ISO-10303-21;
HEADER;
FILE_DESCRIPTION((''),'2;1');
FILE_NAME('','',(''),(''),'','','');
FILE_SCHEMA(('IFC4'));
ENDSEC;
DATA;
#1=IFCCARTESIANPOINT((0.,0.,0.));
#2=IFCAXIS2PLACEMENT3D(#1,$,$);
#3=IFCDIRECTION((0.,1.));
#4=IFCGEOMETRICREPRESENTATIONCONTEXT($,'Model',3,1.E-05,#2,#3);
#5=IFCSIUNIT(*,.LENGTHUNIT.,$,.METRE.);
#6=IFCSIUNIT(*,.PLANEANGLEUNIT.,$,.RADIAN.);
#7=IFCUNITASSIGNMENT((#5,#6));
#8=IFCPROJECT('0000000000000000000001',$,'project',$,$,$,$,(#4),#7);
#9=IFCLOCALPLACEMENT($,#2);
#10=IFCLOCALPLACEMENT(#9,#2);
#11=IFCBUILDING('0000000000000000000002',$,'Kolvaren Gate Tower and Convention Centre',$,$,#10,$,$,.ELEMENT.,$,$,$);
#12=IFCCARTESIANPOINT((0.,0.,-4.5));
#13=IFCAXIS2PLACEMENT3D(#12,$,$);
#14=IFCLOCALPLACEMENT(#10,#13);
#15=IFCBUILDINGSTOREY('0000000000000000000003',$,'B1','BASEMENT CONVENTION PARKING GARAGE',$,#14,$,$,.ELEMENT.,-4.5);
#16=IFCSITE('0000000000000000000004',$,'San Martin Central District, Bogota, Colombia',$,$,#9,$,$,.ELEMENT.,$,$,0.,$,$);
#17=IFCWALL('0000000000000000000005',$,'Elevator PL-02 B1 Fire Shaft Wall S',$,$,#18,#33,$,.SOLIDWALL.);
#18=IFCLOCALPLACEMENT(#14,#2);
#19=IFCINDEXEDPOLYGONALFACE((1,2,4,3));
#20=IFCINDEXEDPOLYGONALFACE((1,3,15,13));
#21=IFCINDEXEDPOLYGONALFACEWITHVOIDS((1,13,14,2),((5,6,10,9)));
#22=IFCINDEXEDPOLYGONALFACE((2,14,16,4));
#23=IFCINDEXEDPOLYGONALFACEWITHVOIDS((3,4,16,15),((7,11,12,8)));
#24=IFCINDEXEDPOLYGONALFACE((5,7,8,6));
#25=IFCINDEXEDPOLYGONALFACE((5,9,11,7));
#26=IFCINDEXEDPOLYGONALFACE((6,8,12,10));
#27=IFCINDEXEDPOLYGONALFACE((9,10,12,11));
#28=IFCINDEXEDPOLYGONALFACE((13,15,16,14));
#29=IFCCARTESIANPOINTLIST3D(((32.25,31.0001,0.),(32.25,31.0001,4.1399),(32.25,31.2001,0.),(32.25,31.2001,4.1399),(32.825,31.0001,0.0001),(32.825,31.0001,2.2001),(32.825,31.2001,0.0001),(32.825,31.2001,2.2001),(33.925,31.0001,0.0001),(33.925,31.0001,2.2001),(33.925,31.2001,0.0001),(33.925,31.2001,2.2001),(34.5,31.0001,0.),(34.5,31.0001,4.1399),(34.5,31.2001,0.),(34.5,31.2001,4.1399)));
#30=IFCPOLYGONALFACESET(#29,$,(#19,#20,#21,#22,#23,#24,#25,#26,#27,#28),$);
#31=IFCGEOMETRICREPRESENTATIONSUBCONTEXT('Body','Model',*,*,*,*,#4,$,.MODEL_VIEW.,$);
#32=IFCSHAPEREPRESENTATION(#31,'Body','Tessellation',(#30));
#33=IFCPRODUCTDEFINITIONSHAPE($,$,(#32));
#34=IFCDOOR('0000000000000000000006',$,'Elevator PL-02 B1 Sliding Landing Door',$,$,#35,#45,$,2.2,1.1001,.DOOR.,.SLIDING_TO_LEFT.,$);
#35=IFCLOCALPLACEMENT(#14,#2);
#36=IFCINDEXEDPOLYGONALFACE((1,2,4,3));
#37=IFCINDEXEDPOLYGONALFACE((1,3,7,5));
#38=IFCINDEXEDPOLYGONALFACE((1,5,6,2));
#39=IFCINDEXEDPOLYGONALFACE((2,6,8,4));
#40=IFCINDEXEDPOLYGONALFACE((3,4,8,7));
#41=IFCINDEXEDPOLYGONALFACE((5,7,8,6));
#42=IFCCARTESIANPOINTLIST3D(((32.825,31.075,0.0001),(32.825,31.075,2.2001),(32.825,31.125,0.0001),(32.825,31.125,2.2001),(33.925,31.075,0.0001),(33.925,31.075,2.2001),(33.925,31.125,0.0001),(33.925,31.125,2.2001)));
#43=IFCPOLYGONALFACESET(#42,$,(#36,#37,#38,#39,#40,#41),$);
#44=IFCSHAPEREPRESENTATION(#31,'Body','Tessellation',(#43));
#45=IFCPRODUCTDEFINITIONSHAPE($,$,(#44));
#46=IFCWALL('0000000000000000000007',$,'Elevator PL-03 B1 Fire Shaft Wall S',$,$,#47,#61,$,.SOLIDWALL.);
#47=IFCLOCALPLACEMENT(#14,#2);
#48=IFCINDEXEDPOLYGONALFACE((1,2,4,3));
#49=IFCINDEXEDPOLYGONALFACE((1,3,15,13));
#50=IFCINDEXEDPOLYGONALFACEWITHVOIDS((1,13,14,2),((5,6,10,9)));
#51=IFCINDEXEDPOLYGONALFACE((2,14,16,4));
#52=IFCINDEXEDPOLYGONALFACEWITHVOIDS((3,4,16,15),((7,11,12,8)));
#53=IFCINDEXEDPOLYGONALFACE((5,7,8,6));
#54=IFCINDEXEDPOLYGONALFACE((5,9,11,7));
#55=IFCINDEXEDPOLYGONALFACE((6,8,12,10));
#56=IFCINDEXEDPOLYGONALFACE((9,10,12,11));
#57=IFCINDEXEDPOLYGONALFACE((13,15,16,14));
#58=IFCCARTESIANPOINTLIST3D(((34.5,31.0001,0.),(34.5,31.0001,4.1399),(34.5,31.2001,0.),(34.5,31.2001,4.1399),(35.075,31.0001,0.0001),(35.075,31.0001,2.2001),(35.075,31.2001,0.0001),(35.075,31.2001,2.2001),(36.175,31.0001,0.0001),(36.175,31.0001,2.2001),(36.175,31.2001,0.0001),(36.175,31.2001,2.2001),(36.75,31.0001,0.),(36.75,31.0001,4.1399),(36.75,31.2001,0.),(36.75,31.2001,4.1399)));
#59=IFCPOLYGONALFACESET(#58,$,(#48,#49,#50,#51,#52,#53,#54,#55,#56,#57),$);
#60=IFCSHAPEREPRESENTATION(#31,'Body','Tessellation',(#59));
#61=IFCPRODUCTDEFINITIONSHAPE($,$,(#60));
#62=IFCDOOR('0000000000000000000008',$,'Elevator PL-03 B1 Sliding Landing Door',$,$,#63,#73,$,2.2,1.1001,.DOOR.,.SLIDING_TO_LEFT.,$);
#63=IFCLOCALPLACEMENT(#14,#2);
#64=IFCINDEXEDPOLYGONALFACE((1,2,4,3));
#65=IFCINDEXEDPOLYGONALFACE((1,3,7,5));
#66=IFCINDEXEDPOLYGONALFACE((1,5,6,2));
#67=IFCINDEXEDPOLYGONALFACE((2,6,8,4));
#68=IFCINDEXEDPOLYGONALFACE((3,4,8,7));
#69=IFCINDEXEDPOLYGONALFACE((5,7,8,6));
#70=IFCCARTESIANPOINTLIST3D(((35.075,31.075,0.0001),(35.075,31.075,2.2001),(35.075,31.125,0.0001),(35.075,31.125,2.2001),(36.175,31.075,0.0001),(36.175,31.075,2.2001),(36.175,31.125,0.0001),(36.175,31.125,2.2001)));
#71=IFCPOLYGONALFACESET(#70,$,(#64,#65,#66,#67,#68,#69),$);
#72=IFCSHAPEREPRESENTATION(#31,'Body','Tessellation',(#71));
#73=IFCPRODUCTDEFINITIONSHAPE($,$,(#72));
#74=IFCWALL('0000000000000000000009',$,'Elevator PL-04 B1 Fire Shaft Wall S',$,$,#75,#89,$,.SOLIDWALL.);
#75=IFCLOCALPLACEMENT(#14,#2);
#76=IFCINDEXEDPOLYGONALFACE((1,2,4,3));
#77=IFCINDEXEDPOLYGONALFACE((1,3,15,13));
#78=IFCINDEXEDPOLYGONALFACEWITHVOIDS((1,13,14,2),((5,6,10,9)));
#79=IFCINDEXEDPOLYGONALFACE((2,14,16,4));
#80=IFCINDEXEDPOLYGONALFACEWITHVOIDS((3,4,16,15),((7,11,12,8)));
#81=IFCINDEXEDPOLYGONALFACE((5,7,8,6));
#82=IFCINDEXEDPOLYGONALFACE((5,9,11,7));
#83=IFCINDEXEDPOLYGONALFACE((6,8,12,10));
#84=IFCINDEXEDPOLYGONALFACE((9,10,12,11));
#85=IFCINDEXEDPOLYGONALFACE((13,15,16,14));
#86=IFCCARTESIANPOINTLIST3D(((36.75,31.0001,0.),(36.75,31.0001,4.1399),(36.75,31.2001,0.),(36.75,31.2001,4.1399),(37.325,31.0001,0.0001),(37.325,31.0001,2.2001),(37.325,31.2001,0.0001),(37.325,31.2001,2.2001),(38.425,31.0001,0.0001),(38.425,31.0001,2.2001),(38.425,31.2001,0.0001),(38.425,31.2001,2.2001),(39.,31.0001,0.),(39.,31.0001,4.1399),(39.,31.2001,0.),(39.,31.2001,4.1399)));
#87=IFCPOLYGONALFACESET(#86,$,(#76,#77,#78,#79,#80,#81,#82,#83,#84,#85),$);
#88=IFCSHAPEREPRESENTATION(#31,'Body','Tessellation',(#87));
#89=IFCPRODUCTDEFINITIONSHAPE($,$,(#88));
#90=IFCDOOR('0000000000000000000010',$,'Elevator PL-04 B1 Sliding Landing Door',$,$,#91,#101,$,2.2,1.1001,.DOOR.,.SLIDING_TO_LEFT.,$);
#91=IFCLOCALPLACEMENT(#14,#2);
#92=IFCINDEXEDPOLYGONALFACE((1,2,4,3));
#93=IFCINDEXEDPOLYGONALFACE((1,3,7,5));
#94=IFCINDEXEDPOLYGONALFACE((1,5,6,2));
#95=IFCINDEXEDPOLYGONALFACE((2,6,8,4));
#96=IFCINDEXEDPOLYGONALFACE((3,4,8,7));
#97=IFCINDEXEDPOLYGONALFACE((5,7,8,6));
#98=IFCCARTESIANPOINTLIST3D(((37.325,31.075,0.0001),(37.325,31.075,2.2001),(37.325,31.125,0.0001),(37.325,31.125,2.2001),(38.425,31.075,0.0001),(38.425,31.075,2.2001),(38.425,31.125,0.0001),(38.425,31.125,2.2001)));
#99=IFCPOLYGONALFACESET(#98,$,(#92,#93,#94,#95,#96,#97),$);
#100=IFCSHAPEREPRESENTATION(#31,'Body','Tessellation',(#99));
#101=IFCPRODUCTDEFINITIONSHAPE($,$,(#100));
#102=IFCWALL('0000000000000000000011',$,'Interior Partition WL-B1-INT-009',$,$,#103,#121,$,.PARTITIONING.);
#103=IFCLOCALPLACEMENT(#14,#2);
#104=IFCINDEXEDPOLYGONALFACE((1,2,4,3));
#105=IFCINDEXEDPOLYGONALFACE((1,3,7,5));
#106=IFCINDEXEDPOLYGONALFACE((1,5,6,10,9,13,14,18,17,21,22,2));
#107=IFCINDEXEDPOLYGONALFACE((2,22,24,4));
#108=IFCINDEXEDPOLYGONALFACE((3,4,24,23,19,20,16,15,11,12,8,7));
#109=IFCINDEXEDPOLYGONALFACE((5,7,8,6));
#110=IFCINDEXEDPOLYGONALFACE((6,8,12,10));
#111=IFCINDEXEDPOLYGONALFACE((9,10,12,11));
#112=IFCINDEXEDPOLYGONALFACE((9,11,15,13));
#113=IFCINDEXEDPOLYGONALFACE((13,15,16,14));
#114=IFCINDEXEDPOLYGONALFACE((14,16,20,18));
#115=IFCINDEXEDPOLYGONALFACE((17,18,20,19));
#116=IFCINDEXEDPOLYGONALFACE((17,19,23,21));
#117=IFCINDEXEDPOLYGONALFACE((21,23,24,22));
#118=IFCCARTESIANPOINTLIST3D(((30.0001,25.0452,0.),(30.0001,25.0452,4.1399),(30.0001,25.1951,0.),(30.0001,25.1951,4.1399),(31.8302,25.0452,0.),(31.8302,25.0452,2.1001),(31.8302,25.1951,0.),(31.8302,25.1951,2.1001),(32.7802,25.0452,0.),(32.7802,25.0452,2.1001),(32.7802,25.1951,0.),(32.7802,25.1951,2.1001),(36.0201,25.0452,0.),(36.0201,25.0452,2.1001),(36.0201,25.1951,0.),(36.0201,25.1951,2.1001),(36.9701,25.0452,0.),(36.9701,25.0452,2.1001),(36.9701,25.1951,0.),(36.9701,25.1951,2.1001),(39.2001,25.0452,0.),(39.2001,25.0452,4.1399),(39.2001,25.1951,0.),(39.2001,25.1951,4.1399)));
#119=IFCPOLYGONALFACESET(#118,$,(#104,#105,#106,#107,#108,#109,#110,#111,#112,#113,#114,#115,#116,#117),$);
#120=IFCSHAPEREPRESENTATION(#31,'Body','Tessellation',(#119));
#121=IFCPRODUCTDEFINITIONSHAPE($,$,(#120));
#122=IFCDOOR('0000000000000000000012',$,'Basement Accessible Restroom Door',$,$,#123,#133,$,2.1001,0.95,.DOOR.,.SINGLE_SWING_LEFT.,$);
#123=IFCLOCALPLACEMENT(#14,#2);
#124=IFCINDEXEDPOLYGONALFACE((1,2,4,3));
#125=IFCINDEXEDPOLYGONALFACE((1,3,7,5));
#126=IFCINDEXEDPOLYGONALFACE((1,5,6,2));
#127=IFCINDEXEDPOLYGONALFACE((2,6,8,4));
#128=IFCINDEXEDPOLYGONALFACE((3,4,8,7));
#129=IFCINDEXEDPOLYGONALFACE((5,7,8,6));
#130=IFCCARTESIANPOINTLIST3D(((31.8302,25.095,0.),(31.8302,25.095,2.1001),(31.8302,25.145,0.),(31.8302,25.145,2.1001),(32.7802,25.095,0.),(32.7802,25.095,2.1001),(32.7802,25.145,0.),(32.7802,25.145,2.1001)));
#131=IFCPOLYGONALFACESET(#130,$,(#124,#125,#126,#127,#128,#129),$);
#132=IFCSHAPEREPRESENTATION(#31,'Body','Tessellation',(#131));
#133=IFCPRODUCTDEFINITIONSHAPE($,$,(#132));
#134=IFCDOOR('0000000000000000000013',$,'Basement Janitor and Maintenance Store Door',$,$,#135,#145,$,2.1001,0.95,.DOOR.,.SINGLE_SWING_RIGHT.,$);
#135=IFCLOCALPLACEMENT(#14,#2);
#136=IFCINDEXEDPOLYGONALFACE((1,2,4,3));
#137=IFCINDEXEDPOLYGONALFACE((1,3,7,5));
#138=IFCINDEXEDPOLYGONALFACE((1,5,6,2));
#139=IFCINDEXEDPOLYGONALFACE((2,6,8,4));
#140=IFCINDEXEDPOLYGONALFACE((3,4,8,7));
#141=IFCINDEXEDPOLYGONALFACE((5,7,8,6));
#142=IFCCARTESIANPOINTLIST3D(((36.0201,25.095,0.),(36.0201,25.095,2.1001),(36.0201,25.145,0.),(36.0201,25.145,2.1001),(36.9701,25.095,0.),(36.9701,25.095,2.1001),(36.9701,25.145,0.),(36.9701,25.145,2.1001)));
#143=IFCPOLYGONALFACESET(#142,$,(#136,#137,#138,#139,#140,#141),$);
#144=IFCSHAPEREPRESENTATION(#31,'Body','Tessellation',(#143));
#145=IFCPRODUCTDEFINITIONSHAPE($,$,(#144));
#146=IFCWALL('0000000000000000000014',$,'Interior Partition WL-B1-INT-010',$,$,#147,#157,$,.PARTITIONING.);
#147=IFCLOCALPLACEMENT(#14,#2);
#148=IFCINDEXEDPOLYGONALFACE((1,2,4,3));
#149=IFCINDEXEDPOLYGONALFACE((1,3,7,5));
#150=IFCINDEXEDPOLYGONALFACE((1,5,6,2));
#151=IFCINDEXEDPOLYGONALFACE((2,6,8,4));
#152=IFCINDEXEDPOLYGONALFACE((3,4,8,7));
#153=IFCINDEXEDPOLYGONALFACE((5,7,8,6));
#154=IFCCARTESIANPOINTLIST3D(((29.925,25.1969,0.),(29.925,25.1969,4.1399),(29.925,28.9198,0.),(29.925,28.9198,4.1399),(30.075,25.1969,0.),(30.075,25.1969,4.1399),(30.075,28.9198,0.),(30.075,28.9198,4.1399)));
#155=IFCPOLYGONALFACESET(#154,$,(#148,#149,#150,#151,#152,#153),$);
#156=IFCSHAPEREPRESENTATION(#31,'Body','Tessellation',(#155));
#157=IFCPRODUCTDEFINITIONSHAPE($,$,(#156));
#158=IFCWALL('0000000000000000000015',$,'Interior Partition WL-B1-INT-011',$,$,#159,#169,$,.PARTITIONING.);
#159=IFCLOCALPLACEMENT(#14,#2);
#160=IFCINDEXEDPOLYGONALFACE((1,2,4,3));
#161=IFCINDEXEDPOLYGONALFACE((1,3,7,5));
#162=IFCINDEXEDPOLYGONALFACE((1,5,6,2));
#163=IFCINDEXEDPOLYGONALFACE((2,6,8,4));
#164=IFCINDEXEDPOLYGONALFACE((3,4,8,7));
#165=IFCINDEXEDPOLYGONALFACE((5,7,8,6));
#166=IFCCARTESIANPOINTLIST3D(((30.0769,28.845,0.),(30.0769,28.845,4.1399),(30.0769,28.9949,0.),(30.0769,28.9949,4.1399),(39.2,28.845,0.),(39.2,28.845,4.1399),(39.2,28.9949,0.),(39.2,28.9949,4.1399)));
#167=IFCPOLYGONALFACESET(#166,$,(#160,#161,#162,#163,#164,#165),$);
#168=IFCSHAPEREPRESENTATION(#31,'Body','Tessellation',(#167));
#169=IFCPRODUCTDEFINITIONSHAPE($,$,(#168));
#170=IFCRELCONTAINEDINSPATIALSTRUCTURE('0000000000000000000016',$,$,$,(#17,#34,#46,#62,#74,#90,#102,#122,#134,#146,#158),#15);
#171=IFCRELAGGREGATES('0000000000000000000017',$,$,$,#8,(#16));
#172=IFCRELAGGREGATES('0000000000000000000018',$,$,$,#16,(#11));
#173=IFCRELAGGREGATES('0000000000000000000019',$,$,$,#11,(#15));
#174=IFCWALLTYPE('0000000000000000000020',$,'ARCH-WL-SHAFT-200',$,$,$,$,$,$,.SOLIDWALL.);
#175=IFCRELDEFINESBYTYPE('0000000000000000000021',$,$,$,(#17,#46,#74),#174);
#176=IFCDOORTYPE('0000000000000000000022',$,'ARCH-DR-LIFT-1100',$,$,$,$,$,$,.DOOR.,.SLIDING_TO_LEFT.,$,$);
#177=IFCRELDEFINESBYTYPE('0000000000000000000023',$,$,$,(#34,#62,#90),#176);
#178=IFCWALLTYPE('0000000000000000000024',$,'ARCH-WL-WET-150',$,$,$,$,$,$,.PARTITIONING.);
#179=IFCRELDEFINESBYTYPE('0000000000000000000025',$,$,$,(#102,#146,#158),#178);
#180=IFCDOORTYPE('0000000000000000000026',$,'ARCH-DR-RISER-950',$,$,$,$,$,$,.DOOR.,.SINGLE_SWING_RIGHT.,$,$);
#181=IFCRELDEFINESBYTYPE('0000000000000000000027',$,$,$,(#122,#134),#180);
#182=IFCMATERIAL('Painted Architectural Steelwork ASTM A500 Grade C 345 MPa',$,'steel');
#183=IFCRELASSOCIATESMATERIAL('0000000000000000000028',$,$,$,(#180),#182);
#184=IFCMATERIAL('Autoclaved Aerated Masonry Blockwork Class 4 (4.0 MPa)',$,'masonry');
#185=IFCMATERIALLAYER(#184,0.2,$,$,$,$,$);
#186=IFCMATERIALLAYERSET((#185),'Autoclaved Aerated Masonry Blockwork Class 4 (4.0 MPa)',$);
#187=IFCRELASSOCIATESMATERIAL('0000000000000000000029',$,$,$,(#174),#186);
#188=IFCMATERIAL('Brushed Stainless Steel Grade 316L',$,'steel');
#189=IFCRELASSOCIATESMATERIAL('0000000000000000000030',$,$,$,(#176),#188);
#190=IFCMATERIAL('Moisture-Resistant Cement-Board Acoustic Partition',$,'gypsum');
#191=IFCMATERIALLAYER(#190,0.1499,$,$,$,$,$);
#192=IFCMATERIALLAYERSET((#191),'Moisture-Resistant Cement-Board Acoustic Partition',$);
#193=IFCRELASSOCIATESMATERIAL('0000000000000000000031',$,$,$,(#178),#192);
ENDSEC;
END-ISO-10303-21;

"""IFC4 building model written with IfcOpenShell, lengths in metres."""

from ifc_helpers import new_model, si_unit, direction, frame, frame_2d, origin, place, context, subcontext, project, spatial, rectangle, extrude, material, layer, layer_set, type_object, element, fill, save


model = new_model("IFC4")

# Units and contexts
model_context = context("Model", 3, precision=1e-05, world=origin(), true_north=direction((0.0, 1.0)))
body_context = subcontext(model_context, "Body", "Model", "MODEL_VIEW")
ifc_project = project(units=[si_unit("LENGTHUNIT", "METRE"), si_unit("PLANEANGLEUNIT", "RADIAN")], contexts=[model_context])

# Site, building, storey
site_placement = place(None, origin())
site = spatial("IfcSite", under=ifc_project, at=site_placement, Name="San Martin Central District, Bogota, Colombia", CompositionType="ELEMENT", RefElevation=0.0)
building_placement = place(site_placement, origin())
building = spatial("IfcBuilding", under=site, at=building_placement, Name="Kolvaren Gate Tower and Convention Centre", CompositionType="ELEMENT")
storey_placement = place(building_placement, frame((0.0, 0.0, -4.5)))
storey = spatial("IfcBuildingStorey", under=building, at=storey_placement, Name="B1", Description="BASEMENT CONVENTION PARKING GARAGE", CompositionType="ELEMENT", Elevation=-4.5)

# Shared definitions
ifc_material_1 = material(Name="Autoclaved Aerated Masonry Blockwork Class 4 (4.0 MPa)", Category="masonry")
ifc_material_2 = material(Name="Painted Architectural Steelwork ASTM A500 Grade C 345 MPa", Category="steel")
door_type_1 = type_object("IfcDoorType", Name="ARCH-DR-RISER-950", OperationType="SINGLE_SWING_RIGHT", PredefinedType="DOOR", material=ifc_material_2)

# Walls, openings, doors
ifc_layer_1 = layer(ifc_material_1, 0.2)
ifc_layer_set_1 = layer_set([ifc_layer_1], Name="Autoclaved Aerated Masonry Blockwork Class 4 (4.0 MPa)")
wall_type_1 = type_object("IfcWallType", Name="ARCH-WL-SHAFT-200", PredefinedType="SOLIDWALL", material=ifc_layer_set_1)
ifc_material_3 = material(Name="Brushed Stainless Steel Grade 316L", Category="steel")
door_type_2 = type_object("IfcDoorType", Name="ARCH-DR-LIFT-1100", OperationType="SLIDING_TO_LEFT", PredefinedType="DOOR", material=ifc_material_3)
wall_1_placement = place(storey_placement, frame((32.25, 31.1001, 0.0), z_axis=(0.0, 0.0, 1.0), x_axis=(1.0, 0.0, 0.0)))
wall_1 = element("IfcWall", 1, at=wall_1_placement, inside=storey, type_object=wall_type_1, Name="Elevator PL-02 B1 Fire Shaft Wall S", PredefinedType="SOLIDWALL", context=body_context, shape_type="SweptSolid", body=[
    extrude(rectangle(XDim=2.25, YDim=0.2, at=frame_2d((1.125, 0.0))), origin(), (0.0, 0.0, 1.0), 4.1399),
])
opening_1_placement = place(wall_1_placement, frame((0.575, 0.0, 0.0)))
opening_1 = element("IfcOpeningElement", 2, at=opening_1_placement, cuts=wall_1, PredefinedType="OPENING", context=body_context, shape_type="SweptSolid", body=[
    extrude(rectangle(XDim=1.1001, YDim=2.2, at=frame_2d((0.55, 1.1001))), frame((0.0, 0.1099, 0.0), z_axis=(0.0, -1.0, 0.0), x_axis=(1.0, 0.0, 0.0)), (0.0, 0.0, 1.0), 0.22),
])
door_1_placement = place(opening_1_placement, origin())
door_1 = element("IfcDoor", 3, at=door_1_placement, inside=storey, type_object=door_type_2, Name="Elevator PL-02 B1 Sliding Landing Door", OperationType="SLIDING_TO_LEFT", OverallHeight=2.2, OverallWidth=1.1001, PredefinedType="DOOR", context=body_context, shape_type="SweptSolid", body=[
    extrude(rectangle(XDim=1.1001, YDim=2.2, at=frame_2d((0.55, 1.1001))), frame((0.0, 0.0249, 0.0), z_axis=(0.0, -1.0, 0.0), x_axis=(1.0, 0.0, 0.0)), (0.0, 0.0, 1.0), 0.05),
])
fill(opening_1, door_1)
wall_2_placement = place(storey_placement, frame((34.5, 31.1001, 0.0), z_axis=(0.0, 0.0, 1.0), x_axis=(1.0, 0.0, 0.0)))
wall_2 = element("IfcWall", 4, at=wall_2_placement, inside=storey, type_object=wall_type_1, Name="Elevator PL-03 B1 Fire Shaft Wall S", PredefinedType="SOLIDWALL", context=body_context, shape_type="SweptSolid", body=[
    extrude(rectangle(XDim=2.25, YDim=0.2, at=frame_2d((1.125, 0.0))), origin(), (0.0, 0.0, 1.0), 4.1399),
])
opening_2_placement = place(wall_2_placement, frame((0.575, 0.0, 0.0)))
opening_2 = element("IfcOpeningElement", 5, at=opening_2_placement, cuts=wall_2, PredefinedType="OPENING", context=body_context, shape_type="SweptSolid", body=[
    extrude(rectangle(XDim=1.1001, YDim=2.2, at=frame_2d((0.55, 1.1001))), frame((0.0, 0.1099, 0.0), z_axis=(0.0, -1.0, 0.0), x_axis=(1.0, 0.0, 0.0)), (0.0, 0.0, 1.0), 0.22),
])
door_2_placement = place(opening_2_placement, origin())
door_2 = element("IfcDoor", 6, at=door_2_placement, inside=storey, type_object=door_type_2, Name="Elevator PL-03 B1 Sliding Landing Door", OperationType="SLIDING_TO_LEFT", OverallHeight=2.2, OverallWidth=1.1001, PredefinedType="DOOR", context=body_context, shape_type="SweptSolid", body=[
    extrude(rectangle(XDim=1.1001, YDim=2.2, at=frame_2d((0.55, 1.1001))), frame((0.0, 0.0249, 0.0), z_axis=(0.0, -1.0, 0.0), x_axis=(1.0, 0.0, 0.0)), (0.0, 0.0, 1.0), 0.05),
])
fill(opening_2, door_2)
wall_3_placement = place(storey_placement, frame((36.75, 31.1001, 0.0), z_axis=(0.0, 0.0, 1.0), x_axis=(1.0, 0.0, 0.0)))
wall_3 = element("IfcWall", 7, at=wall_3_placement, inside=storey, type_object=wall_type_1, Name="Elevator PL-04 B1 Fire Shaft Wall S", PredefinedType="SOLIDWALL", context=body_context, shape_type="SweptSolid", body=[
    extrude(rectangle(XDim=2.25, YDim=0.2, at=frame_2d((1.125, 0.0))), origin(), (0.0, 0.0, 1.0), 4.1399),
])
opening_3_placement = place(wall_3_placement, frame((0.575, 0.0, 0.0)))
opening_3 = element("IfcOpeningElement", 8, at=opening_3_placement, cuts=wall_3, PredefinedType="OPENING", context=body_context, shape_type="SweptSolid", body=[
    extrude(rectangle(XDim=1.1001, YDim=2.2, at=frame_2d((0.55, 1.1001))), frame((0.0, 0.1099, 0.0), z_axis=(0.0, -1.0, 0.0), x_axis=(1.0, 0.0, 0.0)), (0.0, 0.0, 1.0), 0.22),
])
door_3_placement = place(opening_3_placement, origin())
door_3 = element("IfcDoor", 9, at=door_3_placement, inside=storey, type_object=door_type_2, Name="Elevator PL-04 B1 Sliding Landing Door", OperationType="SLIDING_TO_LEFT", OverallHeight=2.2, OverallWidth=1.1001, PredefinedType="DOOR", context=body_context, shape_type="SweptSolid", body=[
    extrude(rectangle(XDim=1.1001, YDim=2.2, at=frame_2d((0.55, 1.1001))), frame((0.0, 0.0249, 0.0), z_axis=(0.0, -1.0, 0.0), x_axis=(1.0, 0.0, 0.0)), (0.0, 0.0, 1.0), 0.05),
])
fill(opening_3, door_3)

# Wall, openings, doors
ifc_material_4 = material(Name="Moisture-Resistant Cement-Board Acoustic Partition", Category="gypsum")
ifc_layer_2 = layer(ifc_material_4, 0.1499)
ifc_layer_set_2 = layer_set([ifc_layer_2], Name="Moisture-Resistant Cement-Board Acoustic Partition")
wall_type_2 = type_object("IfcWallType", Name="ARCH-WL-WET-150", PredefinedType="PARTITIONING", material=ifc_layer_set_2)
wall_4_placement = place(storey_placement, frame((30.0, 25.1201, 0.0), z_axis=(0.0, 0.0, 1.0), x_axis=(1.0, 0.0, 0.0)))
wall_4 = element("IfcWall", 10, at=wall_4_placement, inside=storey, type_object=wall_type_2, Name="Interior Partition WL-B1-INT-009", PredefinedType="PARTITIONING", context=body_context, shape_type="SweptSolid", body=[
    extrude(rectangle(XDim=9.2, YDim=0.1499, at=frame_2d((4.6001, 0.0))), origin(), (0.0, 0.0, 1.0), 4.1399),
])
opening_4_placement = place(wall_4_placement, frame((1.8301, 0.0, 0.0)))
opening_4 = element("IfcOpeningElement", 11, at=opening_4_placement, cuts=wall_4, PredefinedType="OPENING", context=body_context, shape_type="SweptSolid", body=[
    extrude(rectangle(XDim=0.95, YDim=2.1001, at=frame_2d((0.4751, 1.05))), frame((0.0, 0.085, 0.0), z_axis=(0.0, -1.0, 0.0), x_axis=(1.0, 0.0, 0.0)), (0.0, 0.0, 1.0), 0.1699),
])
opening_5_placement = place(wall_4_placement, frame((6.02, 0.0, 0.0)))
opening_5 = element("IfcOpeningElement", 12, at=opening_5_placement, cuts=wall_4, PredefinedType="OPENING", context=body_context, shape_type="SweptSolid", body=[
    extrude(rectangle(XDim=0.95, YDim=2.1001, at=frame_2d((0.4751, 1.05))), frame((0.0, 0.085, 0.0), z_axis=(0.0, -1.0, 0.0), x_axis=(1.0, 0.0, 0.0)), (0.0, 0.0, 1.0), 0.1699),
])
door_4_placement = place(opening_4_placement, origin())
door_4 = element("IfcDoor", 13, at=door_4_placement, inside=storey, type_object=door_type_1, Name="Basement Accessible Restroom Door", OperationType="SINGLE_SWING_LEFT", OverallHeight=2.1001, OverallWidth=0.95, PredefinedType="DOOR", context=body_context, shape_type="SweptSolid", body=[
    extrude(rectangle(XDim=0.95, YDim=2.1001, at=frame_2d((0.4751, 1.05))), frame((0.0, 0.0249, 0.0), z_axis=(0.0, -1.0, 0.0), x_axis=(1.0, 0.0, 0.0)), (0.0, 0.0, 1.0), 0.05),
])
fill(opening_4, door_4)
door_5_placement = place(opening_5_placement, origin())
door_5 = element("IfcDoor", 14, at=door_5_placement, inside=storey, type_object=door_type_1, Name="Basement Janitor and Maintenance Store Door", OperationType="SINGLE_SWING_RIGHT", OverallHeight=2.1001, OverallWidth=0.95, PredefinedType="DOOR", context=body_context, shape_type="SweptSolid", body=[
    extrude(rectangle(XDim=0.95, YDim=2.1001, at=frame_2d((0.4751, 1.05))), frame((0.0, 0.0249, 0.0), z_axis=(0.0, -1.0, 0.0), x_axis=(1.0, 0.0, 0.0)), (0.0, 0.0, 1.0), 0.05),
])
fill(opening_5, door_5)

# Walls
wall_5_placement = place(storey_placement, frame((30.0, 25.197, 0.0), z_axis=(0.0, 0.0, 1.0), x_axis=(0.0, 1.0, 0.0)))
element("IfcWall", 15, at=wall_5_placement, inside=storey, type_object=wall_type_2, Name="Interior Partition WL-B1-INT-010", PredefinedType="PARTITIONING", context=body_context, shape_type="SweptSolid", body=[
    extrude(rectangle(XDim=3.7229, YDim=0.1499, at=frame_2d((1.8613, 0.0))), origin(), (0.0, 0.0, 1.0), 4.1399),
])
wall_6_placement = place(storey_placement, frame((30.0769, 28.9199, 0.0), z_axis=(0.0, 0.0, 1.0), x_axis=(1.0, 0.0, 0.0)))
element("IfcWall", 16, at=wall_6_placement, inside=storey, type_object=wall_type_2, Name="Interior Partition WL-B1-INT-011", PredefinedType="PARTITIONING", context=body_context, shape_type="SweptSolid", body=[
    extrude(rectangle(XDim=9.123, YDim=0.1499, at=frame_2d((4.5615, 0.0))), origin(), (0.0, 0.0, 1.0), 4.1399),
])

save(model, "model.ifc")
